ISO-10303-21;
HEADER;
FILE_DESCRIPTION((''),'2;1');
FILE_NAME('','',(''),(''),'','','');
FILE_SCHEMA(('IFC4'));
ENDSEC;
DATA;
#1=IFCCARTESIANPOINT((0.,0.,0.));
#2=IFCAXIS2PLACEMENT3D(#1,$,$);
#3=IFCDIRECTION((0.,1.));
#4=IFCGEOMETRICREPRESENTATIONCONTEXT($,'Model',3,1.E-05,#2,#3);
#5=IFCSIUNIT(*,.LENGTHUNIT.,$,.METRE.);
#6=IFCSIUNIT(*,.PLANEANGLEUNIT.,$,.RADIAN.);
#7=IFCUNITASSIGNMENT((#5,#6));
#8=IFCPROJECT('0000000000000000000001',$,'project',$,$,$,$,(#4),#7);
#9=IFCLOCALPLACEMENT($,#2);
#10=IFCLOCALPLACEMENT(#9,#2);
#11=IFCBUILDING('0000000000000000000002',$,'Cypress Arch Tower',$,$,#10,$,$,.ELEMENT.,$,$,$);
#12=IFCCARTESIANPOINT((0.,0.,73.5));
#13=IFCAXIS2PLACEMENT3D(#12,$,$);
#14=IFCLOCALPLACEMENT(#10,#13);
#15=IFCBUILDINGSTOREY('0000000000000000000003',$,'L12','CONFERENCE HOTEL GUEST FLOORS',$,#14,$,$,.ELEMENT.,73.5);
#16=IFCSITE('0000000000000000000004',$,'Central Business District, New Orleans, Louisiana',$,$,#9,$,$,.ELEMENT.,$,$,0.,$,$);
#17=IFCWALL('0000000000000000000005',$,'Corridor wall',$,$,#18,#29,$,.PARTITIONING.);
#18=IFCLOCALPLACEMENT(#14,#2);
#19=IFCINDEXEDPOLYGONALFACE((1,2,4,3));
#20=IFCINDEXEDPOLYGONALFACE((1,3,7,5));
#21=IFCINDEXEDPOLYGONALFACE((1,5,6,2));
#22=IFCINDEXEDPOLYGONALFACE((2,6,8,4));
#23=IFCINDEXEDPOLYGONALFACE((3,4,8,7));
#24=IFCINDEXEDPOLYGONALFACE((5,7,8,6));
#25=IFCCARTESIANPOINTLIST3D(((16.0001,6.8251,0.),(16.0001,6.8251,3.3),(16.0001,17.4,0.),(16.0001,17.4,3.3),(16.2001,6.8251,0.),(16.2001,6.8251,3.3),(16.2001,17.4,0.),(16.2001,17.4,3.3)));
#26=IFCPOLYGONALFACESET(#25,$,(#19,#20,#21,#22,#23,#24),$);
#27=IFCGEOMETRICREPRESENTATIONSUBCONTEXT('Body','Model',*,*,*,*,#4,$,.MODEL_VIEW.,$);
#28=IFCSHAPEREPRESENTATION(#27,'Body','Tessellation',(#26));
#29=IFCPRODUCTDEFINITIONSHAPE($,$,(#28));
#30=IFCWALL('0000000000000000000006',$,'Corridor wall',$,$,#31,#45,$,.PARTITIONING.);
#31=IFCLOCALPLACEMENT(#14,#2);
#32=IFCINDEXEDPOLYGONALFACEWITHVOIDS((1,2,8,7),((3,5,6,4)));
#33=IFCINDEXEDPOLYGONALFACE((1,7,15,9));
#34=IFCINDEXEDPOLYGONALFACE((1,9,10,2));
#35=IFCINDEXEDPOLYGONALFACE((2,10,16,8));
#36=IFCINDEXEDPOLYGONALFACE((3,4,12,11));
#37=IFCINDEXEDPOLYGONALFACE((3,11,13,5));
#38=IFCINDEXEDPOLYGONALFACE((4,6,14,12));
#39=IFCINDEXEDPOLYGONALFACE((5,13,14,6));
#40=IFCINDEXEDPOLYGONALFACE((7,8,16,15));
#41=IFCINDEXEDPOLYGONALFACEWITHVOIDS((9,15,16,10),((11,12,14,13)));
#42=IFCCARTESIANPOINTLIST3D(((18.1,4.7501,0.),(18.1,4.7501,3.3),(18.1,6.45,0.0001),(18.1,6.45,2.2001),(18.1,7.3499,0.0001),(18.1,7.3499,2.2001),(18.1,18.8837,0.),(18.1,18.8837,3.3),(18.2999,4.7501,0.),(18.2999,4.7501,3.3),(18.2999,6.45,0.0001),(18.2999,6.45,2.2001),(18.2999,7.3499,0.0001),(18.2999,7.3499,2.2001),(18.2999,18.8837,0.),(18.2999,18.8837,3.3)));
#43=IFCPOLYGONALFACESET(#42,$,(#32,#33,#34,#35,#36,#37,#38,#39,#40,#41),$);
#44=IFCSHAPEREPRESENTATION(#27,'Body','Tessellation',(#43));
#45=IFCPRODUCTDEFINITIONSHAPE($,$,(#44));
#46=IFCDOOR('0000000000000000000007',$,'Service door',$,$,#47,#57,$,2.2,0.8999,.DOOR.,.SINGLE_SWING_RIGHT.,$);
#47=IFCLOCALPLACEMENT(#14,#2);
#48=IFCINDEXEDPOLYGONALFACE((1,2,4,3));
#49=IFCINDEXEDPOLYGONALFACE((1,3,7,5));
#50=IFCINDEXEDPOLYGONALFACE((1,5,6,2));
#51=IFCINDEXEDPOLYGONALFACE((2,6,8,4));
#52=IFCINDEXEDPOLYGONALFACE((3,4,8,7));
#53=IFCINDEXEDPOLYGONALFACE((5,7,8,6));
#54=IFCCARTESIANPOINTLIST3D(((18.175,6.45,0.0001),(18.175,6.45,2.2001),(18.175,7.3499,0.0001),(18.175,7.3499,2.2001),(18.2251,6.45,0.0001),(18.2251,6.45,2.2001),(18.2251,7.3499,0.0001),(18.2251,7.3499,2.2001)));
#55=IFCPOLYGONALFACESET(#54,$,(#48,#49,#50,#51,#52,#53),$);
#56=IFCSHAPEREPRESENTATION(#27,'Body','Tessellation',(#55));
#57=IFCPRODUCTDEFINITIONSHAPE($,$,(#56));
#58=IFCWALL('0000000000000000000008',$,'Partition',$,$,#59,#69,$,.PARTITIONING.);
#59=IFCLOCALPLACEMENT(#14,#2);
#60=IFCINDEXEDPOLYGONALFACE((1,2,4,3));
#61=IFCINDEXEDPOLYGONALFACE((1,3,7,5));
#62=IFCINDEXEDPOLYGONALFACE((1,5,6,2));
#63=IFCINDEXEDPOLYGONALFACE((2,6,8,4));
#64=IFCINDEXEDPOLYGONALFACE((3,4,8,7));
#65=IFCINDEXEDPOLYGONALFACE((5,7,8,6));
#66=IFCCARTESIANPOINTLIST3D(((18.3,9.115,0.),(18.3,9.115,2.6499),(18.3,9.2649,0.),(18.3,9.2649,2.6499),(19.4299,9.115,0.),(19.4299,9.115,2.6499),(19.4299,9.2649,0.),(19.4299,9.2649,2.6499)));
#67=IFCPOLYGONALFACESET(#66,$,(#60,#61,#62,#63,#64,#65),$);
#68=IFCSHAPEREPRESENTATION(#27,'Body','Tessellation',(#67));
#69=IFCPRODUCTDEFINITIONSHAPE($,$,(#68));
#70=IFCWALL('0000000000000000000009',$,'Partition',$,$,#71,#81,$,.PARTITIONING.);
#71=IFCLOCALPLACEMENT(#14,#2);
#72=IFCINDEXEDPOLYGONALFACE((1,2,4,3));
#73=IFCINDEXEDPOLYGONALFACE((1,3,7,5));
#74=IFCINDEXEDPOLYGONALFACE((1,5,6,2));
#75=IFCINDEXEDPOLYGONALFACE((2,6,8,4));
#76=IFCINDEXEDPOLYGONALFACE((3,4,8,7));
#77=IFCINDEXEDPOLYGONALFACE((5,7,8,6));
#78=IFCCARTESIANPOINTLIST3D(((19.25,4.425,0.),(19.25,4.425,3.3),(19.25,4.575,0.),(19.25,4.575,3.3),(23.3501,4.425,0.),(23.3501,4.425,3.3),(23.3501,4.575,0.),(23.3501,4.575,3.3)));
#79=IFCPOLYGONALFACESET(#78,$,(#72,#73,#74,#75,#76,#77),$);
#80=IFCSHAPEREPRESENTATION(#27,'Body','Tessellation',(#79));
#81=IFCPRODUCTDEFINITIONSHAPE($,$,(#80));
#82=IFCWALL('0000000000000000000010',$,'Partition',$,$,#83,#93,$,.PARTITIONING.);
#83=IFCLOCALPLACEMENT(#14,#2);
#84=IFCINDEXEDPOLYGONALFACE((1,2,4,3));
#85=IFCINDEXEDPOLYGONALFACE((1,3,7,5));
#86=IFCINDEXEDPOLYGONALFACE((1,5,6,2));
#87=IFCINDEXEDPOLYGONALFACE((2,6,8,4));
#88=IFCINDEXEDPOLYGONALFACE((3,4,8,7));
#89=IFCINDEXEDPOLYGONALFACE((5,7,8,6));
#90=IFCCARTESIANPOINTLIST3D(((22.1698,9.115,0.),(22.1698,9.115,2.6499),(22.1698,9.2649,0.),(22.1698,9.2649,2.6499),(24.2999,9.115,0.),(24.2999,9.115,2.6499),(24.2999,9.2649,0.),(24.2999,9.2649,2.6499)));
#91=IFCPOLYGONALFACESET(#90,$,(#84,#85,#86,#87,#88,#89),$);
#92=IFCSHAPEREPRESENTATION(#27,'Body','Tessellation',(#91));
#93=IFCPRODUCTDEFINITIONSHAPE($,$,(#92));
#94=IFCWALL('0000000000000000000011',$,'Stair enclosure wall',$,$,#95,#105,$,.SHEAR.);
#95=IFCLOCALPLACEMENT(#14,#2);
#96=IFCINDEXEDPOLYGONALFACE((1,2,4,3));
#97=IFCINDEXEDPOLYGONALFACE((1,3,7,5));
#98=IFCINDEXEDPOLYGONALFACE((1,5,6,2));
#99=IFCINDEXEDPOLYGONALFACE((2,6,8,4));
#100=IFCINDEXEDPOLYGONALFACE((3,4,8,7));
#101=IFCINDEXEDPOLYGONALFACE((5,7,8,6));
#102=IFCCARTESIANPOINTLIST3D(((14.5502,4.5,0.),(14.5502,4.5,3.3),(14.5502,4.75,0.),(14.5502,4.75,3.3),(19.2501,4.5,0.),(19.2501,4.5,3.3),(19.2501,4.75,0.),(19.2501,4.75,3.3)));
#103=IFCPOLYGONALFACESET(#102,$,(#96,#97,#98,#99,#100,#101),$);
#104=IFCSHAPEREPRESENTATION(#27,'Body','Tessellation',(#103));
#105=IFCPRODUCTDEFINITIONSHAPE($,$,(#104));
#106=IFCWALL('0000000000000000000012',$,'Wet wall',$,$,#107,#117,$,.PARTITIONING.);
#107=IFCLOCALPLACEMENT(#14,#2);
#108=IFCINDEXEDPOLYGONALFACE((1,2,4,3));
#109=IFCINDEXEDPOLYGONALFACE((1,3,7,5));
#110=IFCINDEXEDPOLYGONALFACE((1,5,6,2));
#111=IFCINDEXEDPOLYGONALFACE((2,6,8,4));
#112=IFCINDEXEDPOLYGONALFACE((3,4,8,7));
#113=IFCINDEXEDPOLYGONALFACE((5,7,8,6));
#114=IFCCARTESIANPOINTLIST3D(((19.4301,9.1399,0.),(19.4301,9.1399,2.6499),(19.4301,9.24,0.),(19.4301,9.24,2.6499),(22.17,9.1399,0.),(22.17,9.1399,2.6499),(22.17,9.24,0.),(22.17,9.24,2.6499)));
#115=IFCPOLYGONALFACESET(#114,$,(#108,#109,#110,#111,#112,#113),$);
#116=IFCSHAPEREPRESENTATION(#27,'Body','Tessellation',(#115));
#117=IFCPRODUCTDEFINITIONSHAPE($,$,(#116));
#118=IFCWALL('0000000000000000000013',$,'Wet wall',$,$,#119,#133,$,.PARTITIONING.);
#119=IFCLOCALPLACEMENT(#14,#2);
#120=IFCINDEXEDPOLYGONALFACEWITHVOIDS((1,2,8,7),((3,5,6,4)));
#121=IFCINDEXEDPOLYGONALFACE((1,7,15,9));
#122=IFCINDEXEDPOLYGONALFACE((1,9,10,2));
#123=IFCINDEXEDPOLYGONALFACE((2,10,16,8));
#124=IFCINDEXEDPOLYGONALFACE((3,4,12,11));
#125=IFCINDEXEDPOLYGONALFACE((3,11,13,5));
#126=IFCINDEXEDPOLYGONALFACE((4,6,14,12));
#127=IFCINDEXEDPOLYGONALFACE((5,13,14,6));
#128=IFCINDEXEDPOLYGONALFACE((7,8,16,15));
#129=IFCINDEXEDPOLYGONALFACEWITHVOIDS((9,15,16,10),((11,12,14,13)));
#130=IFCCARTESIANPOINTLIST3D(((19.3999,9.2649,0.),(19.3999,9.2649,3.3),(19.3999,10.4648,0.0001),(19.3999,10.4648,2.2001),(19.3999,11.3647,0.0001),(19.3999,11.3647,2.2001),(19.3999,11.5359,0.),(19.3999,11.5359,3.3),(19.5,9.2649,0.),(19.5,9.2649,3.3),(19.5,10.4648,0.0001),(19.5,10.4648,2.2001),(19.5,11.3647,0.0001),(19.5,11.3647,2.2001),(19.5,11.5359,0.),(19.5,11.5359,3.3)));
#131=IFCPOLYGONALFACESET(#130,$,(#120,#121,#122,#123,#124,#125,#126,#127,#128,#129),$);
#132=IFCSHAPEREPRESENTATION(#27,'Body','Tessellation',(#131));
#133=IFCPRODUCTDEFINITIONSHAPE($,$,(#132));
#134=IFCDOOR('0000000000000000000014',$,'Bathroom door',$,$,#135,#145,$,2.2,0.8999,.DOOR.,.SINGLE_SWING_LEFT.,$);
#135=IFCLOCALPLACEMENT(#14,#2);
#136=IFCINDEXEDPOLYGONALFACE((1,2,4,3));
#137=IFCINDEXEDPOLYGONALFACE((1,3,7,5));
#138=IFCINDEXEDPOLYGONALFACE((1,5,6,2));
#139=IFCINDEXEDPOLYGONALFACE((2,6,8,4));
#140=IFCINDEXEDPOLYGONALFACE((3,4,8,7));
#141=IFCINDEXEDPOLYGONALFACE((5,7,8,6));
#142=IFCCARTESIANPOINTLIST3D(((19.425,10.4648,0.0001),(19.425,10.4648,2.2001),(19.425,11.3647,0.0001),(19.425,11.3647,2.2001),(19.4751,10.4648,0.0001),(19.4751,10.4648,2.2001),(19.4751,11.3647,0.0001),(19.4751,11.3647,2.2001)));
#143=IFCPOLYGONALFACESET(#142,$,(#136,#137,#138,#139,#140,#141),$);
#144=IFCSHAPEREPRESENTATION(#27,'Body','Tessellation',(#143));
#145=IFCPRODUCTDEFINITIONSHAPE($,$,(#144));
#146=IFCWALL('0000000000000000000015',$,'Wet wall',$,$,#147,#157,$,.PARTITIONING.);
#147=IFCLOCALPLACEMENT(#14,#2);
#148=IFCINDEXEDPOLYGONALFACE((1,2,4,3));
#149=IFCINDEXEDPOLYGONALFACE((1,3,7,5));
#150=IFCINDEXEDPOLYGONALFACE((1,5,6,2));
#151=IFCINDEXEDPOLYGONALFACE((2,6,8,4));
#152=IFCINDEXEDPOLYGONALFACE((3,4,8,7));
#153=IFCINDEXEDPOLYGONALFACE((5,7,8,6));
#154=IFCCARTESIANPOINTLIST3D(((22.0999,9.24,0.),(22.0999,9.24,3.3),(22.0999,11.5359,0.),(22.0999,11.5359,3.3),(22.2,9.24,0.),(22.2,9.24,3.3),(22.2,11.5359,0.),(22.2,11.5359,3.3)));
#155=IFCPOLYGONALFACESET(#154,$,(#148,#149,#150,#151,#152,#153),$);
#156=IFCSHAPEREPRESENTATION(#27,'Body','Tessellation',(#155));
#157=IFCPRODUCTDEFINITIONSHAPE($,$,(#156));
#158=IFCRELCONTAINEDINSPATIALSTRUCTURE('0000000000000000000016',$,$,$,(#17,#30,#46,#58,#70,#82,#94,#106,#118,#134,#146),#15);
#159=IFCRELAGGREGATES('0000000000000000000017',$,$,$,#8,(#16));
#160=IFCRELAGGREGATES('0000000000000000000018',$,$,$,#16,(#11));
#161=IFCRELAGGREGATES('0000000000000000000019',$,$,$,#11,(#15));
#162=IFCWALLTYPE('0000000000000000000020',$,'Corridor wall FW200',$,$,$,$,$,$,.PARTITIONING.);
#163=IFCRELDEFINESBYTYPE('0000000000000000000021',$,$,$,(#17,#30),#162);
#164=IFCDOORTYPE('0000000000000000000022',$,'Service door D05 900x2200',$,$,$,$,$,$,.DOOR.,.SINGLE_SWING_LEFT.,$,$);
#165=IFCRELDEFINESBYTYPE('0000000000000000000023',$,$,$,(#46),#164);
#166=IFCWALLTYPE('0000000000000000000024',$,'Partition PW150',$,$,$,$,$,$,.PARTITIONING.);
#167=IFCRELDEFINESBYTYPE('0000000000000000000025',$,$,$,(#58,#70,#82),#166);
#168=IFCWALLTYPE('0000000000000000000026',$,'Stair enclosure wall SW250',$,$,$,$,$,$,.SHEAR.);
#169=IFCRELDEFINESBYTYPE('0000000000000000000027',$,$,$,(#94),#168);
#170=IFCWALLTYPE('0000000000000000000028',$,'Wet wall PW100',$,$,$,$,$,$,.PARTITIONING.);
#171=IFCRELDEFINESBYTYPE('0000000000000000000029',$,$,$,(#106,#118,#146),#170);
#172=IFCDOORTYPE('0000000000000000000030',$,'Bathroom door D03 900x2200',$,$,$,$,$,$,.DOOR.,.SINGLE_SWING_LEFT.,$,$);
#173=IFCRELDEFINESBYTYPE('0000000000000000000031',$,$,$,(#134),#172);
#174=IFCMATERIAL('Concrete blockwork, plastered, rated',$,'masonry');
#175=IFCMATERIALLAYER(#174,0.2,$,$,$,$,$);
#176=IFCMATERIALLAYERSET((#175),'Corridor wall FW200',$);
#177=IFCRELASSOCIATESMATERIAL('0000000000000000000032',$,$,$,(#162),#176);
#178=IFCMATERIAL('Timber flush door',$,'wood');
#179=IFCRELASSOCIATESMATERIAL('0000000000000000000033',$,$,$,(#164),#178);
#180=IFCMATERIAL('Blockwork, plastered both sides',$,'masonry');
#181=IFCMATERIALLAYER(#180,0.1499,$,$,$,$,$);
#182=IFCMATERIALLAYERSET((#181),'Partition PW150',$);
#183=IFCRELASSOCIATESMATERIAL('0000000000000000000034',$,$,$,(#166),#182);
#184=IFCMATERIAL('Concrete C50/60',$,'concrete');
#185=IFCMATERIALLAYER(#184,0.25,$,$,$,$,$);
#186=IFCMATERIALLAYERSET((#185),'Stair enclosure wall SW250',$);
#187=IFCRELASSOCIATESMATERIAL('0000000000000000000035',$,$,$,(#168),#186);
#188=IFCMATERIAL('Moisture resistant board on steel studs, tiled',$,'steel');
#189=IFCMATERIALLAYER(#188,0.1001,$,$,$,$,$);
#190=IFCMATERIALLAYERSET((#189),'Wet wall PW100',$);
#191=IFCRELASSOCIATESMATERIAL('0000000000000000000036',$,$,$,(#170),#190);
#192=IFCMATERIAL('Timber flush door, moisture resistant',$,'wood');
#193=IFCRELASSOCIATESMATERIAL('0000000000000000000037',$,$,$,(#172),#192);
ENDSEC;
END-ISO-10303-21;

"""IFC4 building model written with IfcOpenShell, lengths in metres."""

from ifc_helpers import new_model, si_unit, direction, frame, frame_2d, origin, place, context, subcontext, project, spatial, rectangle, extrude, material, layer, layer_set, type_object, element, fill, save


model = new_model("IFC4")

# Units and contexts
model_context = context("Model", 3, precision=1e-05, world=origin(), true_north=direction((0.0, 1.0)))
body_context = subcontext(model_context, "Body", "Model", "MODEL_VIEW")
ifc_project = project(units=[si_unit("LENGTHUNIT", "METRE"), si_unit("PLANEANGLEUNIT", "RADIAN")], contexts=[model_context])

# Site, building, storey
site_placement = place(None, origin())
site = spatial("IfcSite", under=ifc_project, at=site_placement, Name="Central Business District, New Orleans, Louisiana", CompositionType="ELEMENT", RefElevation=0.0)
building_placement = place(site_placement, origin())
building = spatial("IfcBuilding", under=site, at=building_placement, Name="Cypress Arch Tower", CompositionType="ELEMENT")
storey_placement = place(building_placement, frame((0.0, 0.0, 73.5)))
storey = spatial("IfcBuildingStorey", under=building, at=storey_placement, Name="L12", Description="CONFERENCE HOTEL GUEST FLOORS", CompositionType="ELEMENT", Elevation=73.5)

# Shared definitions
ifc_material_1 = material(Name="Concrete blockwork, plastered, rated", Category="masonry")
ifc_layer_1 = layer(ifc_material_1, 0.2)
ifc_layer_set_1 = layer_set([ifc_layer_1], Name="Corridor wall FW200")
wall_type_1 = type_object("IfcWallType", Name="Corridor wall FW200", PredefinedType="PARTITIONING", material=ifc_layer_set_1)
ifc_material_2 = material(Name="Timber flush door", Category="wood")
door_type_1 = type_object("IfcDoorType", Name="Service door D05 900x2200", OperationType="SINGLE_SWING_LEFT", PredefinedType="DOOR", material=ifc_material_2)

# Wall
wall_1_placement = place(storey_placement, frame((16.1001, 6.825, 0.0), z_axis=(0.0, 0.0, 1.0), x_axis=(0.0, 1.0, 0.0)))
element("IfcWall", 1, at=wall_1_placement, inside=storey, type_object=wall_type_1, Name="Corridor wall", PredefinedType="PARTITIONING", context=body_context, shape_type="SweptSolid", body=[
    extrude(rectangle(XDim=10.575, YDim=0.2, at=frame_2d((5.2876, 0.0))), origin(), (0.0, 0.0, 1.0), 3.3),
])

# Wall, opening, door
wall_2_placement = place(storey_placement, frame((18.2, 4.75, 0.0), z_axis=(0.0, 0.0, 1.0), x_axis=(0.0, 1.0, 0.0)))
wall_2 = element("IfcWall", 2, at=wall_2_placement, inside=storey, type_object=wall_type_1, Name="Corridor wall", PredefinedType="PARTITIONING", context=body_context, shape_type="SweptSolid", body=[
    extrude(rectangle(XDim=14.1335, YDim=0.2, at=frame_2d((7.0669, 0.0))), origin(), (0.0, 0.0, 1.0), 3.3),
])
opening_1_placement = place(wall_2_placement, frame((1.7, 0.0, 0.0)))
opening_1 = element("IfcOpeningElement", 3, at=opening_1_placement, cuts=wall_2, PredefinedType="OPENING", context=body_context, shape_type="SweptSolid", body=[
    extrude(rectangle(XDim=0.8999, YDim=2.2, at=frame_2d((0.45, 1.1001))), frame((0.0, 0.1099, 0.0), z_axis=(0.0, -1.0, 0.0), x_axis=(1.0, 0.0, 0.0)), (0.0, 0.0, 1.0), 0.22),
])
door_1_placement = place(opening_1_placement, origin())
door_1 = element("IfcDoor", 4, at=door_1_placement, inside=storey, type_object=door_type_1, Name="Service door", OperationType="SINGLE_SWING_RIGHT", OverallHeight=2.2, OverallWidth=0.8999, PredefinedType="DOOR", context=body_context, shape_type="SweptSolid", body=[
    extrude(rectangle(XDim=0.8999, YDim=2.2, at=frame_2d((0.45, 1.1001))), frame((0.0, 0.0249, 0.0), z_axis=(0.0, -1.0, 0.0), x_axis=(1.0, 0.0, 0.0)), (0.0, 0.0, 1.0), 0.05),
])
fill(opening_1, door_1)

# Walls
ifc_material_3 = material(Name="Blockwork, plastered both sides", Category="masonry")
ifc_layer_2 = layer(ifc_material_3, 0.1499)
ifc_layer_set_2 = layer_set([ifc_layer_2], Name="Partition PW150")
wall_type_2 = type_object("IfcWallType", Name="Partition PW150", PredefinedType="PARTITIONING", material=ifc_layer_set_2)
wall_3_placement = place(storey_placement, frame((18.3, 9.1899, 0.0), z_axis=(0.0, 0.0, 1.0), x_axis=(1.0, 0.0, 0.0)))
element("IfcWall", 5, at=wall_3_placement, inside=storey, type_object=wall_type_2, Name="Partition", PredefinedType="PARTITIONING", context=body_context, shape_type="SweptSolid", body=[
    extrude(rectangle(XDim=1.1299, YDim=0.1499, at=frame_2d((0.5649, 0.0))), origin(), (0.0, 0.0, 1.0), 2.6499),
])
wall_4_placement = place(storey_placement, frame((19.25, 4.5, 0.0), z_axis=(0.0, 0.0, 1.0), x_axis=(1.0, 0.0, 0.0)))
element("IfcWall", 6, at=wall_4_placement, inside=storey, type_object=wall_type_2, Name="Partition", PredefinedType="PARTITIONING", context=body_context, shape_type="SweptSolid", body=[
    extrude(rectangle(XDim=4.1001, YDim=0.1499, at=frame_2d((2.05, 0.0))), origin(), (0.0, 0.0, 1.0), 3.3),
])
wall_5_placement = place(storey_placement, frame((22.1699, 9.1899, 0.0), z_axis=(0.0, 0.0, 1.0), x_axis=(1.0, 0.0, 0.0)))
element("IfcWall", 7, at=wall_5_placement, inside=storey, type_object=wall_type_2, Name="Partition", PredefinedType="PARTITIONING", context=body_context, shape_type="SweptSolid", body=[
    extrude(rectangle(XDim=2.1301, YDim=0.1499, at=frame_2d((1.0649, 0.0))), origin(), (0.0, 0.0, 1.0), 2.6499),
])
ifc_material_4 = material(Name="Concrete C50/60", Category="concrete")
ifc_layer_3 = layer(ifc_material_4, 0.25)
ifc_layer_set_3 = layer_set([ifc_layer_3], Name="Stair enclosure wall SW250")
wall_type_3 = type_object("IfcWallType", Name="Stair enclosure wall SW250", PredefinedType="SHEAR", material=ifc_layer_set_3)
wall_6_placement = place(storey_placement, frame((14.55, 4.625, 0.0), z_axis=(0.0, 0.0, 1.0), x_axis=(1.0, 0.0, 0.0)))
element("IfcWall", 8, at=wall_6_placement, inside=storey, type_object=wall_type_3, Name="Stair enclosure wall", PredefinedType="SHEAR", context=body_context, shape_type="SweptSolid", body=[
    extrude(rectangle(XDim=4.7, YDim=0.25, at=frame_2d((2.3501, 0.0))), origin(), (0.0, 0.0, 1.0), 3.3),
])
ifc_material_5 = material(Name="Moisture resistant board on steel studs, tiled", Category="steel")
ifc_layer_4 = layer(ifc_material_5, 0.1001)
ifc_layer_set_4 = layer_set([ifc_layer_4], Name="Wet wall PW100")
wall_type_4 = type_object("IfcWallType", Name="Wet wall PW100", PredefinedType="PARTITIONING", material=ifc_layer_set_4)
wall_7_placement = place(storey_placement, frame((19.4299, 9.1899, 0.0), z_axis=(0.0, 0.0, 1.0), x_axis=(1.0, 0.0, 0.0)))
element("IfcWall", 9, at=wall_7_placement, inside=storey, type_object=wall_type_4, Name="Wet wall", PredefinedType="PARTITIONING", context=body_context, shape_type="SweptSolid", body=[
    extrude(rectangle(XDim=2.74, YDim=0.1001, at=frame_2d((1.3701, 0.0))), origin(), (0.0, 0.0, 1.0), 2.6499),
])

# Wall, opening, door
wall_8_placement = place(storey_placement, frame((19.45, 9.2649, 0.0), z_axis=(0.0, 0.0, 1.0), x_axis=(0.0, 1.0, 0.0)))
wall_8 = element("IfcWall", 10, at=wall_8_placement, inside=storey, type_object=wall_type_4, Name="Wet wall", PredefinedType="PARTITIONING", context=body_context, shape_type="SweptSolid", body=[
    extrude(rectangle(XDim=2.271, YDim=0.1001, at=frame_2d((1.1355, 0.0))), origin(), (0.0, 0.0, 1.0), 3.3),
])
opening_2_placement = place(wall_8_placement, frame((1.2, 0.0, 0.0)))
opening_2 = element("IfcOpeningElement", 11, at=opening_2_placement, cuts=wall_8, PredefinedType="OPENING", context=body_context, shape_type="SweptSolid", body=[
    extrude(rectangle(XDim=0.8999, YDim=2.2, at=frame_2d((0.45, 1.1001))), frame((0.0, 0.0601, 0.0), z_axis=(0.0, -1.0, 0.0), x_axis=(1.0, 0.0, 0.0)), (0.0, 0.0, 1.0), 0.1201),
])
ifc_material_6 = material(Name="Timber flush door, moisture resistant", Category="wood")
door_type_2 = type_object("IfcDoorType", Name="Bathroom door D03 900x2200", OperationType="SINGLE_SWING_LEFT", PredefinedType="DOOR", material=ifc_material_6)
door_2_placement = place(opening_2_placement, origin())
door_2 = element("IfcDoor", 12, at=door_2_placement, inside=storey, type_object=door_type_2, Name="Bathroom door", OperationType="SINGLE_SWING_LEFT", OverallHeight=2.2, OverallWidth=0.8999, PredefinedType="DOOR", context=body_context, shape_type="SweptSolid", body=[
    extrude(rectangle(XDim=0.8999, YDim=2.2, at=frame_2d((0.45, 1.1001))), frame((0.0, 0.0249, 0.0), z_axis=(0.0, -1.0, 0.0), x_axis=(1.0, 0.0, 0.0)), (0.0, 0.0, 1.0), 0.05),
])
fill(opening_2, door_2)

# Wall
wall_9_placement = place(storey_placement, frame((22.1499, 9.24, 0.0), z_axis=(0.0, 0.0, 1.0), x_axis=(0.0, 1.0, 0.0)))
element("IfcWall", 13, at=wall_9_placement, inside=storey, type_object=wall_type_4, Name="Wet wall", PredefinedType="PARTITIONING", context=body_context, shape_type="SweptSolid", body=[
    extrude(rectangle(XDim=2.2959, YDim=0.1001, at=frame_2d((1.1479, 0.0))), origin(), (0.0, 0.0, 1.0), 3.3),
])

save(model, "model.ifc")
